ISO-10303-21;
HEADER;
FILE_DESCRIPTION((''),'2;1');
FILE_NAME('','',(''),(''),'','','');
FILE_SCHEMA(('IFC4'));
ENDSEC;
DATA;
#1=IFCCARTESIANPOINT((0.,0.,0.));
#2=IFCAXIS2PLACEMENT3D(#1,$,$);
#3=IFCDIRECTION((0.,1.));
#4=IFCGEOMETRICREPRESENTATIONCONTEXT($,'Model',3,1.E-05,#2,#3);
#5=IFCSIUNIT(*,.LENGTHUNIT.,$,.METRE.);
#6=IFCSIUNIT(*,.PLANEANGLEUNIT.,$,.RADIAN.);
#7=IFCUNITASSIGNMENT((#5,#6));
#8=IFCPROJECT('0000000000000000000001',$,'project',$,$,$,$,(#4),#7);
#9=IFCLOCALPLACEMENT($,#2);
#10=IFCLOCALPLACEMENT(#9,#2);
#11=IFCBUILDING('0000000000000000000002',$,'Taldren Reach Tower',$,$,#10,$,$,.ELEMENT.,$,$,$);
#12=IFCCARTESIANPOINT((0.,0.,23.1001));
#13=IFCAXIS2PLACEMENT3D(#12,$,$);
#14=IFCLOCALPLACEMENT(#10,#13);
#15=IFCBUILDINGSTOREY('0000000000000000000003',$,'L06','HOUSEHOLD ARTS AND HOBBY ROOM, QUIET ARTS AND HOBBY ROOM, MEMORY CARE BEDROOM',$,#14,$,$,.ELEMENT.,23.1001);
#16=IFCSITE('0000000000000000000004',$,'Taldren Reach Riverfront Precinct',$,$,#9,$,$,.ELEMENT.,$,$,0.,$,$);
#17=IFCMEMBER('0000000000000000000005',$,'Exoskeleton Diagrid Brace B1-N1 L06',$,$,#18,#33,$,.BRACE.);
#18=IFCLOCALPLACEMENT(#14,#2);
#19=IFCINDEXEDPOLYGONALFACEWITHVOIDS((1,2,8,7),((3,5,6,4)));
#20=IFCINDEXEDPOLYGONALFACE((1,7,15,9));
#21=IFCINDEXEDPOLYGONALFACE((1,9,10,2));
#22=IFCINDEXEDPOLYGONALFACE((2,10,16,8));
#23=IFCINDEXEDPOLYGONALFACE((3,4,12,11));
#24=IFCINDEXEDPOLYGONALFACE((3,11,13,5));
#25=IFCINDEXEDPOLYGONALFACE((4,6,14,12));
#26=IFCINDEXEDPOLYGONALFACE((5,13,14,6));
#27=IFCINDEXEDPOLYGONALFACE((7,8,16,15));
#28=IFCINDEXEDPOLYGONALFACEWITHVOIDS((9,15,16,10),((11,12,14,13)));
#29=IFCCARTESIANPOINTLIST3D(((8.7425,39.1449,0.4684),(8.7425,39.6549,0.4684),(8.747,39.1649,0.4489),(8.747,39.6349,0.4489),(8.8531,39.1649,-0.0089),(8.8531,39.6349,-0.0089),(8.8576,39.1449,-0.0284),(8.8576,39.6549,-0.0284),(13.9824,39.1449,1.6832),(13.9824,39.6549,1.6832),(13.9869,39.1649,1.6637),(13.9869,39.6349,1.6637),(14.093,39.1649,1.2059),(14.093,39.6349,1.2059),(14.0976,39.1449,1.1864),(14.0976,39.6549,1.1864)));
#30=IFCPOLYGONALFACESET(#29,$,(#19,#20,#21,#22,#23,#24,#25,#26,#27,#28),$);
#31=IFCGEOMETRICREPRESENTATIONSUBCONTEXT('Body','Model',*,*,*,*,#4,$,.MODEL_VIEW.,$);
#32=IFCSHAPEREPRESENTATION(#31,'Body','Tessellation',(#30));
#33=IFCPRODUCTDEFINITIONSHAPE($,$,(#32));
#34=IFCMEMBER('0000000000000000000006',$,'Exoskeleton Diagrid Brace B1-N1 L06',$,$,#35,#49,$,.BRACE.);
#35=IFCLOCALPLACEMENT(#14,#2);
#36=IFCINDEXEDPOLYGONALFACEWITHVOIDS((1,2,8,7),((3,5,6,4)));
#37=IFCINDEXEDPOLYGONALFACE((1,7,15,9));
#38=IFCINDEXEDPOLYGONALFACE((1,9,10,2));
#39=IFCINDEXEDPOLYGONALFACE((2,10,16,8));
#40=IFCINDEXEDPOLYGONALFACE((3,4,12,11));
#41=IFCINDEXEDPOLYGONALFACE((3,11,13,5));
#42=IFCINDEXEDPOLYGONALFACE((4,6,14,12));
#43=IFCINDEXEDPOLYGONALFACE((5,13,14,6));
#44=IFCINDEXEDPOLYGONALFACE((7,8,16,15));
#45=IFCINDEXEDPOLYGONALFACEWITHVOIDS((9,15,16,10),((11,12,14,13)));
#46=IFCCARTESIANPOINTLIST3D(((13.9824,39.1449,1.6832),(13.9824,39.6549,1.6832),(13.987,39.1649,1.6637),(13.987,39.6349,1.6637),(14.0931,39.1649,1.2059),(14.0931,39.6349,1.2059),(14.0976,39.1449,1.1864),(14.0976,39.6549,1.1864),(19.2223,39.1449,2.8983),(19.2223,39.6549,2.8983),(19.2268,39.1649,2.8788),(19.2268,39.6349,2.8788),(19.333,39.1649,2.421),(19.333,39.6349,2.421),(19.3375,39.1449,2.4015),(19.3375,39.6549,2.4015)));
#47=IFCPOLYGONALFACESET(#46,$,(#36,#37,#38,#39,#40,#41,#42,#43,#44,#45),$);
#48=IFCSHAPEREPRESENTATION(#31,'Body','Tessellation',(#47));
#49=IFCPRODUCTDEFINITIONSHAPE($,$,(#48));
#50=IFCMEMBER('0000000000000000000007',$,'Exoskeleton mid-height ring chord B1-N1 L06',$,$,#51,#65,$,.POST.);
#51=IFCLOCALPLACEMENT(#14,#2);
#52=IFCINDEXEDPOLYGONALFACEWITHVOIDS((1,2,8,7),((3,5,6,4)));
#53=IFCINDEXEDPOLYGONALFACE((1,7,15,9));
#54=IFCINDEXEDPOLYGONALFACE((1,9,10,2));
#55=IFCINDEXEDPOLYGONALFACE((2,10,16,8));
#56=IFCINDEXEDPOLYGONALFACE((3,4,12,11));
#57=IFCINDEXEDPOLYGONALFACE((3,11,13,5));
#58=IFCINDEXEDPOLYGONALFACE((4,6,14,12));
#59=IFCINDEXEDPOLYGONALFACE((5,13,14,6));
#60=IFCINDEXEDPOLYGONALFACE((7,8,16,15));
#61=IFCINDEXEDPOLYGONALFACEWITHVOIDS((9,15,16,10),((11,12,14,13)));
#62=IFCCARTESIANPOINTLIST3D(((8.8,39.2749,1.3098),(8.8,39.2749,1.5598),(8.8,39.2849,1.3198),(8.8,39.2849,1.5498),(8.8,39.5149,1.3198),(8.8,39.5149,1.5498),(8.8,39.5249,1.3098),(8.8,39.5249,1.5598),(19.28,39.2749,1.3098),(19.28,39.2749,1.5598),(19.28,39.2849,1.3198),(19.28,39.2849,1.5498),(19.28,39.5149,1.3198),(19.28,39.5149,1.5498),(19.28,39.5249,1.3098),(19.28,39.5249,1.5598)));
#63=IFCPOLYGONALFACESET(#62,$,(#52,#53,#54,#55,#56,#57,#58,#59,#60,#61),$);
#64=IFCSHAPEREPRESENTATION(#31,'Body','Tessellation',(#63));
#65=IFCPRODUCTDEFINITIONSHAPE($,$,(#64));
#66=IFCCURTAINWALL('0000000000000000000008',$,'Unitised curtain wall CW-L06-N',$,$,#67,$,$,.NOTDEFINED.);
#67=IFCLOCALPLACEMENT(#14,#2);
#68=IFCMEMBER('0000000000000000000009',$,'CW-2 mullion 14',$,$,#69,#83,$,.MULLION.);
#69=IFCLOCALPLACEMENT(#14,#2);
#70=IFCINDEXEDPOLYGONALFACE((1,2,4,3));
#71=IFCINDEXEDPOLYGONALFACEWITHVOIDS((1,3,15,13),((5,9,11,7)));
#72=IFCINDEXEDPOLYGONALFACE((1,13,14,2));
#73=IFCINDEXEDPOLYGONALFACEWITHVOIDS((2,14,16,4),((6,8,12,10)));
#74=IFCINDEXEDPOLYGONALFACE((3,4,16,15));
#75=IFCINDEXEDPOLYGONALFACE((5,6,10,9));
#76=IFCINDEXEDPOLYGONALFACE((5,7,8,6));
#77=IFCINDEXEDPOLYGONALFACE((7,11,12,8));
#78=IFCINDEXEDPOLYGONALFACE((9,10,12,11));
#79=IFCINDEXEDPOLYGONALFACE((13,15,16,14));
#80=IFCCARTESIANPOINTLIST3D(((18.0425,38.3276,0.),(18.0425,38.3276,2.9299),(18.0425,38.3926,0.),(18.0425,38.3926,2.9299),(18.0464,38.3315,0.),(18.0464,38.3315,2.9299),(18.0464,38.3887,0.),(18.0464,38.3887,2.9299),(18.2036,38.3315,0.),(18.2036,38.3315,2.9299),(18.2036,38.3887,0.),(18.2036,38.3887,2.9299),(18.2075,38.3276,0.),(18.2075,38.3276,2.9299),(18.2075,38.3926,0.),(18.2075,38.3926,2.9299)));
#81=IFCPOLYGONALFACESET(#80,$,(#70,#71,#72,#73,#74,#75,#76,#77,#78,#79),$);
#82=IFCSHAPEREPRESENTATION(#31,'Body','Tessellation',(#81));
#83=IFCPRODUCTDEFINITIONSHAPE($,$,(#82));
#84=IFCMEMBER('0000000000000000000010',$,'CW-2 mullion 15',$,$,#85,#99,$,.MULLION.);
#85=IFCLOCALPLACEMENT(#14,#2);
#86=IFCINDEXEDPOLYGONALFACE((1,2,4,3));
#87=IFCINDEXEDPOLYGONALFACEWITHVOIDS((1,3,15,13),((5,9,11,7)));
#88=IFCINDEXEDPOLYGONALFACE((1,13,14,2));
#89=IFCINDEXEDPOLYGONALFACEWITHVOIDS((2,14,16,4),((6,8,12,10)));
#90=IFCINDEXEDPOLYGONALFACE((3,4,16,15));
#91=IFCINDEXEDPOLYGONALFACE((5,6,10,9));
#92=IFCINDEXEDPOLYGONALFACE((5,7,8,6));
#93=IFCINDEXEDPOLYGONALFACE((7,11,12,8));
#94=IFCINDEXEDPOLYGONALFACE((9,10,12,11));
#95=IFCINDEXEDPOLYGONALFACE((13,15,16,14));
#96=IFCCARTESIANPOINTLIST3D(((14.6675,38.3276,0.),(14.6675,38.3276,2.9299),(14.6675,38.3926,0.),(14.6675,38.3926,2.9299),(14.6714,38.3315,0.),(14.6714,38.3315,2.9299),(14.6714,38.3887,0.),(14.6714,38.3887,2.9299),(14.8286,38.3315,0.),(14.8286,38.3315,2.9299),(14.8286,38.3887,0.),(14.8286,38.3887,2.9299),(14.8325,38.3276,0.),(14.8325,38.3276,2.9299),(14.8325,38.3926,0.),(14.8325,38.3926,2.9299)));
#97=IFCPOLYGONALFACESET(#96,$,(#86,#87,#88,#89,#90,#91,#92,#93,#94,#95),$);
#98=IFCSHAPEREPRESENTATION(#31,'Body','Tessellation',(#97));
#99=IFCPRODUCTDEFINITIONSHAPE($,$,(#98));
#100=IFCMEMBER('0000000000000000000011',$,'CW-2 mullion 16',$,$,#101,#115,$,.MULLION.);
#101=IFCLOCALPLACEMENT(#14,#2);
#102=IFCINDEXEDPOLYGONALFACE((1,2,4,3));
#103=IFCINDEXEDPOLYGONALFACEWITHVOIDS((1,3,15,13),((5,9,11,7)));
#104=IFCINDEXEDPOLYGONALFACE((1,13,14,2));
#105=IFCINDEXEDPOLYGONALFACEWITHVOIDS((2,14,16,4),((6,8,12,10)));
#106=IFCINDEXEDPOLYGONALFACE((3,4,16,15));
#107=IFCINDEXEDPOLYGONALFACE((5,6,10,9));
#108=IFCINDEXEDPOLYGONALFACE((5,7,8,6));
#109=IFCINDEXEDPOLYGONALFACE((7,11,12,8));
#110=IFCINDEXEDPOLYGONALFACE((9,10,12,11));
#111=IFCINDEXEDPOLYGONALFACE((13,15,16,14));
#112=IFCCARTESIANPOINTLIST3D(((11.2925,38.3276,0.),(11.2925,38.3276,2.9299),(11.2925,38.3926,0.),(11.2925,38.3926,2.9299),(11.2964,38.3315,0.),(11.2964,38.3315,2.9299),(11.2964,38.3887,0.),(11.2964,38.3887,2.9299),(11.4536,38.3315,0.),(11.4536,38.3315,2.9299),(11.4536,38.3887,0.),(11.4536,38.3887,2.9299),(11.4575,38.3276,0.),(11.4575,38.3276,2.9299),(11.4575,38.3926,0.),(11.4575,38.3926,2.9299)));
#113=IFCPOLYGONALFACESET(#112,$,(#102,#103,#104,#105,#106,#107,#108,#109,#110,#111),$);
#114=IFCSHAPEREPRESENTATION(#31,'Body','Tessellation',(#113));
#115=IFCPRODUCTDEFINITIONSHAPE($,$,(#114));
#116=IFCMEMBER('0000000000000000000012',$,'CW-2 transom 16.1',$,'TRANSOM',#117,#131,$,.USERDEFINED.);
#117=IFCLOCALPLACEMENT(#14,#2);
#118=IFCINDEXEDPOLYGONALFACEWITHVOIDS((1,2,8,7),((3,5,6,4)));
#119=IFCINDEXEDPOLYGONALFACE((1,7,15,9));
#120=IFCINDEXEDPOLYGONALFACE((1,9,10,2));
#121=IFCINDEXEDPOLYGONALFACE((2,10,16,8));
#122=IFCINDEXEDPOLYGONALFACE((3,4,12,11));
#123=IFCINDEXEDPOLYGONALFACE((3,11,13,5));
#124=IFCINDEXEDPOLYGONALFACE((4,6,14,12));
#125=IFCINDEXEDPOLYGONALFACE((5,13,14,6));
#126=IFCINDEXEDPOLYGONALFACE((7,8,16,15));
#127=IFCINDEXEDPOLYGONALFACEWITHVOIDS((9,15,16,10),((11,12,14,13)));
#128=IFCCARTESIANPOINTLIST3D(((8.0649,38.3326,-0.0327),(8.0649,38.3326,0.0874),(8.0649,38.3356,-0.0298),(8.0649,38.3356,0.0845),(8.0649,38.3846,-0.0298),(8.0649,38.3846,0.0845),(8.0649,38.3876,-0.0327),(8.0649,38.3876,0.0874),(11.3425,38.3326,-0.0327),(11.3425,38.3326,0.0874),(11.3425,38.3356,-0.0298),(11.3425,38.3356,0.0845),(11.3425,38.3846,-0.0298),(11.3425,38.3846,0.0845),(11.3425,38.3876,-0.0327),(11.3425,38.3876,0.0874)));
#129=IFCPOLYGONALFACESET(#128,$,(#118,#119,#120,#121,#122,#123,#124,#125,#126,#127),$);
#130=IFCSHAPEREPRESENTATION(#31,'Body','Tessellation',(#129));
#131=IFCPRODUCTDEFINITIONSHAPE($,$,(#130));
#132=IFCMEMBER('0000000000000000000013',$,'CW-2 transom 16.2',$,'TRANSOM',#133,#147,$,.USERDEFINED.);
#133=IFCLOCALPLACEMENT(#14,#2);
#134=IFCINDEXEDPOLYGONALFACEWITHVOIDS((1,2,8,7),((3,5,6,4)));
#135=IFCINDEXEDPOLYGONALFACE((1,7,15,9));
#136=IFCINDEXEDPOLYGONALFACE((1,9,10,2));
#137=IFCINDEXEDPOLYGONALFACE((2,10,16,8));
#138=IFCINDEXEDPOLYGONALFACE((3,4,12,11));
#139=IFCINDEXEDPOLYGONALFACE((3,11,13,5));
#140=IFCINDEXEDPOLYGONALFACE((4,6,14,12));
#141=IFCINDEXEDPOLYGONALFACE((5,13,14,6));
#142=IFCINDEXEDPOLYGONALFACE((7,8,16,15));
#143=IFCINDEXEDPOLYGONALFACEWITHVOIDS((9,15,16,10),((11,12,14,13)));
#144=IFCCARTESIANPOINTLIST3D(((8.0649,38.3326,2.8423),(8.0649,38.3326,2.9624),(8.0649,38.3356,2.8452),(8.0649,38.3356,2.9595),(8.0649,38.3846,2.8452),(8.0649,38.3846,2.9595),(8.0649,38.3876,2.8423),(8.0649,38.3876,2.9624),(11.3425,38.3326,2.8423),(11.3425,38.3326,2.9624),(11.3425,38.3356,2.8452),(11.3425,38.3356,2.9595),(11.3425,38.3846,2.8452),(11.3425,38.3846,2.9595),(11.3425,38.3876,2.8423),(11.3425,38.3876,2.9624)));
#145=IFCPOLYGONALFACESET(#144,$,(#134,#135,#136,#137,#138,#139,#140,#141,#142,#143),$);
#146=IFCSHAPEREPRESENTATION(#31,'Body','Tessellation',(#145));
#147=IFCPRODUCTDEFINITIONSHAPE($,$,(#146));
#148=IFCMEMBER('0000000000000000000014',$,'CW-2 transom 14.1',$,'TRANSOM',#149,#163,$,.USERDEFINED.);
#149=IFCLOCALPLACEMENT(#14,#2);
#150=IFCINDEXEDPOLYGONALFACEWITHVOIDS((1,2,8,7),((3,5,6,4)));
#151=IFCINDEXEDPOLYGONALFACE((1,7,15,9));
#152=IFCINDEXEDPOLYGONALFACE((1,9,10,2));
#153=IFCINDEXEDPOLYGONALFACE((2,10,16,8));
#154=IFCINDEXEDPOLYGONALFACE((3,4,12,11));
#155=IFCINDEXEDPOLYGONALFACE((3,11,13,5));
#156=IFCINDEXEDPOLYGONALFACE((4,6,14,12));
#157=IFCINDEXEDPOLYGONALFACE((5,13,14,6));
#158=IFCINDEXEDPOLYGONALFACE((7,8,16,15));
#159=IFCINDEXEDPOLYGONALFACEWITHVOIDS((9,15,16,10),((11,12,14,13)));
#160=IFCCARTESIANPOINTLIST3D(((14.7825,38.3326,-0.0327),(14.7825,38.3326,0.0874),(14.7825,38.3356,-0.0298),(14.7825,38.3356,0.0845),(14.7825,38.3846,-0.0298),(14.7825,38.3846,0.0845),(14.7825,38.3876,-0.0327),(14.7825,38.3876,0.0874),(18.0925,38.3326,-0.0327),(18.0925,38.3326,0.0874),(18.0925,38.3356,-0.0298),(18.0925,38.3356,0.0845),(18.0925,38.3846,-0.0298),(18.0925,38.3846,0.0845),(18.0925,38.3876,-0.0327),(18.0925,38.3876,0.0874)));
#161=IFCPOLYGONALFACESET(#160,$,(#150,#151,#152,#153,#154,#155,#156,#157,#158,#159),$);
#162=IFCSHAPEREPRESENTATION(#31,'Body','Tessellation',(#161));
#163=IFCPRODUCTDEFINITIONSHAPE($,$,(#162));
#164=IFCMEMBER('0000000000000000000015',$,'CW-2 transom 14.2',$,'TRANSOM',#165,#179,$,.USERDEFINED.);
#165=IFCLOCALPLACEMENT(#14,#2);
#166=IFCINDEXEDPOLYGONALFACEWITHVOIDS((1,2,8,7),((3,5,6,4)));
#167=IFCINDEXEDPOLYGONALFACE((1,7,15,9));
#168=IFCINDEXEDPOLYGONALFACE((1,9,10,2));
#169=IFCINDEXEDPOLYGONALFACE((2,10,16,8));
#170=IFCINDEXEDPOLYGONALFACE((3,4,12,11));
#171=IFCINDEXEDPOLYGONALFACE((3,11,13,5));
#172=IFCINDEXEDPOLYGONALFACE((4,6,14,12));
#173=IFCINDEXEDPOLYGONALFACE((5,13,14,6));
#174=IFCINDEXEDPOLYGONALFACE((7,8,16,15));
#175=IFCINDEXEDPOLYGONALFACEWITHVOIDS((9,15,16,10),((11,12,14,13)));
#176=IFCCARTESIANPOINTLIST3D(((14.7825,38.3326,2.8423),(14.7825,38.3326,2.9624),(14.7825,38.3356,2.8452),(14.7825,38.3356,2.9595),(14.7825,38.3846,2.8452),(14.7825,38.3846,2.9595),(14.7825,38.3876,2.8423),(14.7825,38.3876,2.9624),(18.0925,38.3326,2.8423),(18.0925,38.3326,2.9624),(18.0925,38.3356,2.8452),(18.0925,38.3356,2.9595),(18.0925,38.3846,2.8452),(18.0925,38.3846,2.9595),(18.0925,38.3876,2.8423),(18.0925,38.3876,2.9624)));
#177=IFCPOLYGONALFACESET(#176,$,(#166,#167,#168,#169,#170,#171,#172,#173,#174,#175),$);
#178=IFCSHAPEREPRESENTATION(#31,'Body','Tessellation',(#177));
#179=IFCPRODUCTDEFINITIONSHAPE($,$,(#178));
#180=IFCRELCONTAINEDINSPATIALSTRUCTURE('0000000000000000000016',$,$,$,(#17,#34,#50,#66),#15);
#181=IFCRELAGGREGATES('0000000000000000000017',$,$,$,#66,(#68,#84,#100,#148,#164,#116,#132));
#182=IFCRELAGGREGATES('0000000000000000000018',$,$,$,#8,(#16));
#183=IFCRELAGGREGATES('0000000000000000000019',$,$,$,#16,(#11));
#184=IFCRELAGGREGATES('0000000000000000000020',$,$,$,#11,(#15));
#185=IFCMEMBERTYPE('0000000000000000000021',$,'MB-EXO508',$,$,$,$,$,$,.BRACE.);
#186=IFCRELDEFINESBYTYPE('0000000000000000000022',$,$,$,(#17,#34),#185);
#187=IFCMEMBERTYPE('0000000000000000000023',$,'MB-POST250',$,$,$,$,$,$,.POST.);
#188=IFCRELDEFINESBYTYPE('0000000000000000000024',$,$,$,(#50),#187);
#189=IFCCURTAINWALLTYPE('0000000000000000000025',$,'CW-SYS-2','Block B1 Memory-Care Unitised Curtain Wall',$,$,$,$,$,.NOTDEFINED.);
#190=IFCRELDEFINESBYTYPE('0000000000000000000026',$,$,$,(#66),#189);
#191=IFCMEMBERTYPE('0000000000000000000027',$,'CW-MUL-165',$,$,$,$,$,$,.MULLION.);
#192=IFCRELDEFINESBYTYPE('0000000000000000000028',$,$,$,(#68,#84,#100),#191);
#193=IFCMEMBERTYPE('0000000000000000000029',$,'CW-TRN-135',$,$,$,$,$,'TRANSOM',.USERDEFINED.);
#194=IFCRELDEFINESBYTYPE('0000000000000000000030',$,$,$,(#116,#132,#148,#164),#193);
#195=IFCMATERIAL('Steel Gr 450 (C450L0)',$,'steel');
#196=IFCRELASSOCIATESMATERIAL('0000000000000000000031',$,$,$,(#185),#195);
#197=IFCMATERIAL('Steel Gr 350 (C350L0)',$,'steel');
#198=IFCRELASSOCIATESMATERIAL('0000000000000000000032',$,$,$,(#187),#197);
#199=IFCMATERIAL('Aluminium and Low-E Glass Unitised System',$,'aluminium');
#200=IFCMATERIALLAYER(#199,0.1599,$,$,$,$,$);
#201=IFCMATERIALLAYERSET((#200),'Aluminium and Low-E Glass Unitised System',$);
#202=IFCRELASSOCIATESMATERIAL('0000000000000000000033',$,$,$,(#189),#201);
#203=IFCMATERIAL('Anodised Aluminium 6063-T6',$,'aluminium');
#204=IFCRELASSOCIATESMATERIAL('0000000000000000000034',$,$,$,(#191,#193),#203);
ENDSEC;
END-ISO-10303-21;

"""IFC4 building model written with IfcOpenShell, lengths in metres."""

from ifc_helpers import new_model, si_unit, direction, frame, origin, origin_2d, place, context, subcontext, project, spatial, hollow_rectangle, extrude, source, transform, mapped, material, layer, layer_set, material_profile, profile_set, type_object, element, aggregate, save


model = new_model("IFC4")

# Units and contexts
model_context = context("Model", 3, precision=1e-05, world=origin(), true_north=direction((0.0, 1.0)))
body_context = subcontext(model_context, "Body", "Model", "MODEL_VIEW")
ifc_project = project(units=[si_unit("LENGTHUNIT", "METRE"), si_unit("PLANEANGLEUNIT", "RADIAN")], contexts=[model_context])

# Site, building, storey
site_placement = place(None, origin())
site = spatial("IfcSite", under=ifc_project, at=site_placement, Name="Taldren Reach Riverfront Precinct", CompositionType="ELEMENT", RefElevation=0.0)
building_placement = place(site_placement, origin())
building = spatial("IfcBuilding", under=site, at=building_placement, Name="Taldren Reach Tower", CompositionType="ELEMENT")
storey_placement = place(building_placement, frame((0.0, 0.0, 23.1001)))
storey = spatial("IfcBuildingStorey", under=building, at=storey_placement, Name="L06", Description="HOUSEHOLD ARTS AND HOBBY ROOM, QUIET ARTS AND HOBBY ROOM, MEMORY CARE BEDROOM", CompositionType="ELEMENT", Elevation=23.1001)

# Members
ifc_material_1 = material(Name="Steel Gr 450 (C450L0)", Category="steel")
ifc_material_profile_1 = material_profile(ifc_material_1, hollow_rectangle(XDim=0.51, YDim=0.51, WallThickness=0.02, at=origin_2d()), Name="510x510x20.0SHS")
ifc_profile_set_1 = profile_set([ifc_material_profile_1], Name="Steel Gr 450 (C450L0)")
member_type_1 = type_object("IfcMemberType", Name="MB-EXO508", PredefinedType="BRACE", material=ifc_profile_set_1)
shared_shape_1 = source(origin(), body_context, "Body", "SweptSolid", [
    extrude(hollow_rectangle(XDim=0.51, YDim=0.51, WallThickness=0.02, at=origin_2d()), origin(), (0.0, 0.0, 1.0), 5.3789),
])
for number, where, z_axis, x_axis, name in (
    (1, (8.8, 39.3999, 0.22), (0.974162, 0.0, 0.225851), (0.0, 1.0, 0.0), "Exoskeleton Diagrid Brace B1-N1 L06"),
    (2, (14.04, 39.3999, 1.4348), (0.974152, 0.0, 0.225894), (0.0, 1.0, 0.0), "Exoskeleton Diagrid Brace B1-N1 L06"),
):
    element("IfcMember", number, at=place(storey_placement, frame(where, z_axis=z_axis, x_axis=x_axis)), inside=storey, type_object=member_type_1, Name=name, PredefinedType="BRACE", context=body_context, shape_type="MappedRepresentation", body=[
        mapped(shared_shape_1, transform((0.0, 0.0, 0.0), scale=1.0)),
    ])
ifc_material_2 = material(Name="Steel Gr 350 (C350L0)", Category="steel")
ifc_material_profile_2 = material_profile(ifc_material_2, hollow_rectangle(XDim=0.25, YDim=0.25, WallThickness=0.01, at=origin_2d()), Name="250x250x10.0SHS")
ifc_profile_set_2 = profile_set([ifc_material_profile_2], Name="Steel Gr 350 (C350L0)")
member_type_2 = type_object("IfcMemberType", Name="MB-POST250", PredefinedType="POST", material=ifc_profile_set_2)
shared_shape_2 = source(origin(), body_context, "Body", "SweptSolid", [
    extrude(hollow_rectangle(XDim=0.25, YDim=0.25, WallThickness=0.01, at=origin_2d()), origin(), (0.0, 0.0, 1.0), 10.48),
])
member_1_placement = place(storey_placement, frame((8.8, 39.3999, 1.4348), z_axis=(1.0, 0.0, 0.0), x_axis=(0.0, 1.0, 0.0)))
element("IfcMember", 3, at=member_1_placement, inside=storey, type_object=member_type_2, Name="Exoskeleton mid-height ring chord B1-N1 L06", PredefinedType="POST", context=body_context, shape_type="MappedRepresentation", body=[
    mapped(shared_shape_2, transform((0.0, 0.0, 0.0), scale=1.0)),
])

# Curtain wall, members
ifc_material_3 = material(Name="Aluminium and Low-E Glass Unitised System", Category="aluminium")
ifc_layer_1 = layer(ifc_material_3, 0.1599)
ifc_layer_set_1 = layer_set([ifc_layer_1], Name="Aluminium and Low-E Glass Unitised System")
curtain_wall_type = type_object("IfcCurtainWallType", Name="CW-SYS-2", Description="Block B1 Memory-Care Unitised Curtain Wall", PredefinedType="NOTDEFINED", material=ifc_layer_set_1)
curtain_wall_placement = place(storey_placement, origin())
curtain_wall = element("IfcCurtainWall", 4, at=curtain_wall_placement, inside=storey, type_object=curtain_wall_type, Name="Unitised curtain wall CW-L06-N", PredefinedType="NOTDEFINED")
ifc_material_4 = material(Name="Anodised Aluminium 6063-T6", Category="aluminium")
ifc_material_profile_3 = material_profile(ifc_material_4, hollow_rectangle(XDim=0.0649, YDim=0.165, WallThickness=0.0039, at=origin_2d()), Name="ALU-165x65x4RHS")
ifc_profile_set_3 = profile_set([ifc_material_profile_3], Name="Anodised Aluminium 6063-T6")
member_type_3 = type_object("IfcMemberType", Name="CW-MUL-165", PredefinedType="MULLION", material=ifc_profile_set_3)
shared_shape_3 = source(origin(), body_context, "Body", "SweptSolid", [
    extrude(hollow_rectangle(XDim=0.0649, YDim=0.165, WallThickness=0.0039, at=origin_2d()), origin(), (0.0, 0.0, 1.0), 2.9299),
])
member_2_placement = place(storey_placement, frame((18.125, 38.3601, 0.0), z_axis=(0.0, 0.0, 1.0), x_axis=(0.0, -1.0, 0.0)))
member_2 = element("IfcMember", 5, at=member_2_placement, type_object=member_type_3, Name="CW-2 mullion 14", PredefinedType="MULLION", context=body_context, shape_type="MappedRepresentation", body=[
    mapped(shared_shape_3, transform((0.0, 0.0, 0.0), scale=1.0)),
])
member_3_placement = place(storey_placement, frame((14.75, 38.3601, 0.0), z_axis=(0.0, 0.0, 1.0), x_axis=(0.0, -1.0, 0.0)))
member_3 = element("IfcMember", 6, at=member_3_placement, type_object=member_type_3, Name="CW-2 mullion 15", PredefinedType="MULLION", context=body_context, shape_type="MappedRepresentation", body=[
    mapped(shared_shape_3, transform((0.0, 0.0, 0.0), scale=1.0)),
])
member_4_placement = place(storey_placement, frame((11.375, 38.3601, 0.0), z_axis=(0.0, 0.0, 1.0), x_axis=(0.0, -1.0, 0.0)))
member_4 = element("IfcMember", 7, at=member_4_placement, type_object=member_type_3, Name="CW-2 mullion 16", PredefinedType="MULLION", context=body_context, shape_type="MappedRepresentation", body=[
    mapped(shared_shape_3, transform((0.0, 0.0, 0.0), scale=1.0)),
])
ifc_material_profile_4 = material_profile(ifc_material_4, hollow_rectangle(XDim=0.0549, YDim=0.1201, WallThickness=0.0029, at=origin_2d()), Name="ALU-120x55x3RHS")
ifc_profile_set_4 = profile_set([ifc_material_profile_4], Name="Anodised Aluminium 6063-T6")
member_type_4 = type_object("IfcMemberType", Name="CW-TRN-135", ElementType="TRANSOM", PredefinedType="USERDEFINED", material=ifc_profile_set_4)
shared_shape_4 = source(origin(), body_context, "Body", "SweptSolid", [
    extrude(hollow_rectangle(XDim=0.0549, YDim=0.1201, WallThickness=0.0029, at=origin_2d()), origin(), (0.0, 0.0, 1.0), 3.2776),
])
member_5_placement = place(storey_placement, frame((11.3425, 38.3601, 0.0273), z_axis=(-1.0, 0.0, 0.0), x_axis=(0.0, -1.0, 0.0)))
member_5 = element("IfcMember", 8, at=member_5_placement, type_object=member_type_4, Name="CW-2 transom 16.1", ObjectType="TRANSOM", PredefinedType="USERDEFINED", context=body_context, shape_type="MappedRepresentation", body=[
    mapped(shared_shape_4, transform((0.0, 0.0, 0.0), scale=1.0)),
])
member_6_placement = place(storey_placement, frame((11.3425, 38.3601, 2.9023), z_axis=(-1.0, 0.0, 0.0), x_axis=(0.0, -1.0, 0.0)))
member_6 = element("IfcMember", 9, at=member_6_placement, type_object=member_type_4, Name="CW-2 transom 16.2", ObjectType="TRANSOM", PredefinedType="USERDEFINED", context=body_context, shape_type="MappedRepresentation", body=[
    mapped(shared_shape_4, transform((0.0, 0.0, 0.0), scale=1.0)),
])
shared_shape_5 = source(origin(), body_context, "Body", "SweptSolid", [
    extrude(hollow_rectangle(XDim=0.0549, YDim=0.1201, WallThickness=0.0029, at=origin_2d()), origin(), (0.0, 0.0, 1.0), 3.3101),
])
member_7_placement = place(storey_placement, frame((18.0925, 38.3601, 0.0273), z_axis=(-1.0, 0.0, 0.0), x_axis=(0.0, -1.0, 0.0)))
member_7 = element("IfcMember", 10, at=member_7_placement, type_object=member_type_4, Name="CW-2 transom 14.1", ObjectType="TRANSOM", PredefinedType="USERDEFINED", context=body_context, shape_type="MappedRepresentation", body=[
    mapped(shared_shape_5, transform((0.0, 0.0, 0.0), scale=1.0)),
])
member_8_placement = place(storey_placement, frame((18.0925, 38.3601, 2.9023), z_axis=(-1.0, 0.0, 0.0), x_axis=(0.0, -1.0, 0.0)))
member_8 = element("IfcMember", 11, at=member_8_placement, type_object=member_type_4, Name="CW-2 transom 14.2", ObjectType="TRANSOM", PredefinedType="USERDEFINED", context=body_context, shape_type="MappedRepresentation", body=[
    mapped(shared_shape_5, transform((0.0, 0.0, 0.0), scale=1.0)),
])

aggregate(curtain_wall, [member_2, member_3, member_4, member_7, member_8, member_5, member_6])

save(model, "model.ifc")
